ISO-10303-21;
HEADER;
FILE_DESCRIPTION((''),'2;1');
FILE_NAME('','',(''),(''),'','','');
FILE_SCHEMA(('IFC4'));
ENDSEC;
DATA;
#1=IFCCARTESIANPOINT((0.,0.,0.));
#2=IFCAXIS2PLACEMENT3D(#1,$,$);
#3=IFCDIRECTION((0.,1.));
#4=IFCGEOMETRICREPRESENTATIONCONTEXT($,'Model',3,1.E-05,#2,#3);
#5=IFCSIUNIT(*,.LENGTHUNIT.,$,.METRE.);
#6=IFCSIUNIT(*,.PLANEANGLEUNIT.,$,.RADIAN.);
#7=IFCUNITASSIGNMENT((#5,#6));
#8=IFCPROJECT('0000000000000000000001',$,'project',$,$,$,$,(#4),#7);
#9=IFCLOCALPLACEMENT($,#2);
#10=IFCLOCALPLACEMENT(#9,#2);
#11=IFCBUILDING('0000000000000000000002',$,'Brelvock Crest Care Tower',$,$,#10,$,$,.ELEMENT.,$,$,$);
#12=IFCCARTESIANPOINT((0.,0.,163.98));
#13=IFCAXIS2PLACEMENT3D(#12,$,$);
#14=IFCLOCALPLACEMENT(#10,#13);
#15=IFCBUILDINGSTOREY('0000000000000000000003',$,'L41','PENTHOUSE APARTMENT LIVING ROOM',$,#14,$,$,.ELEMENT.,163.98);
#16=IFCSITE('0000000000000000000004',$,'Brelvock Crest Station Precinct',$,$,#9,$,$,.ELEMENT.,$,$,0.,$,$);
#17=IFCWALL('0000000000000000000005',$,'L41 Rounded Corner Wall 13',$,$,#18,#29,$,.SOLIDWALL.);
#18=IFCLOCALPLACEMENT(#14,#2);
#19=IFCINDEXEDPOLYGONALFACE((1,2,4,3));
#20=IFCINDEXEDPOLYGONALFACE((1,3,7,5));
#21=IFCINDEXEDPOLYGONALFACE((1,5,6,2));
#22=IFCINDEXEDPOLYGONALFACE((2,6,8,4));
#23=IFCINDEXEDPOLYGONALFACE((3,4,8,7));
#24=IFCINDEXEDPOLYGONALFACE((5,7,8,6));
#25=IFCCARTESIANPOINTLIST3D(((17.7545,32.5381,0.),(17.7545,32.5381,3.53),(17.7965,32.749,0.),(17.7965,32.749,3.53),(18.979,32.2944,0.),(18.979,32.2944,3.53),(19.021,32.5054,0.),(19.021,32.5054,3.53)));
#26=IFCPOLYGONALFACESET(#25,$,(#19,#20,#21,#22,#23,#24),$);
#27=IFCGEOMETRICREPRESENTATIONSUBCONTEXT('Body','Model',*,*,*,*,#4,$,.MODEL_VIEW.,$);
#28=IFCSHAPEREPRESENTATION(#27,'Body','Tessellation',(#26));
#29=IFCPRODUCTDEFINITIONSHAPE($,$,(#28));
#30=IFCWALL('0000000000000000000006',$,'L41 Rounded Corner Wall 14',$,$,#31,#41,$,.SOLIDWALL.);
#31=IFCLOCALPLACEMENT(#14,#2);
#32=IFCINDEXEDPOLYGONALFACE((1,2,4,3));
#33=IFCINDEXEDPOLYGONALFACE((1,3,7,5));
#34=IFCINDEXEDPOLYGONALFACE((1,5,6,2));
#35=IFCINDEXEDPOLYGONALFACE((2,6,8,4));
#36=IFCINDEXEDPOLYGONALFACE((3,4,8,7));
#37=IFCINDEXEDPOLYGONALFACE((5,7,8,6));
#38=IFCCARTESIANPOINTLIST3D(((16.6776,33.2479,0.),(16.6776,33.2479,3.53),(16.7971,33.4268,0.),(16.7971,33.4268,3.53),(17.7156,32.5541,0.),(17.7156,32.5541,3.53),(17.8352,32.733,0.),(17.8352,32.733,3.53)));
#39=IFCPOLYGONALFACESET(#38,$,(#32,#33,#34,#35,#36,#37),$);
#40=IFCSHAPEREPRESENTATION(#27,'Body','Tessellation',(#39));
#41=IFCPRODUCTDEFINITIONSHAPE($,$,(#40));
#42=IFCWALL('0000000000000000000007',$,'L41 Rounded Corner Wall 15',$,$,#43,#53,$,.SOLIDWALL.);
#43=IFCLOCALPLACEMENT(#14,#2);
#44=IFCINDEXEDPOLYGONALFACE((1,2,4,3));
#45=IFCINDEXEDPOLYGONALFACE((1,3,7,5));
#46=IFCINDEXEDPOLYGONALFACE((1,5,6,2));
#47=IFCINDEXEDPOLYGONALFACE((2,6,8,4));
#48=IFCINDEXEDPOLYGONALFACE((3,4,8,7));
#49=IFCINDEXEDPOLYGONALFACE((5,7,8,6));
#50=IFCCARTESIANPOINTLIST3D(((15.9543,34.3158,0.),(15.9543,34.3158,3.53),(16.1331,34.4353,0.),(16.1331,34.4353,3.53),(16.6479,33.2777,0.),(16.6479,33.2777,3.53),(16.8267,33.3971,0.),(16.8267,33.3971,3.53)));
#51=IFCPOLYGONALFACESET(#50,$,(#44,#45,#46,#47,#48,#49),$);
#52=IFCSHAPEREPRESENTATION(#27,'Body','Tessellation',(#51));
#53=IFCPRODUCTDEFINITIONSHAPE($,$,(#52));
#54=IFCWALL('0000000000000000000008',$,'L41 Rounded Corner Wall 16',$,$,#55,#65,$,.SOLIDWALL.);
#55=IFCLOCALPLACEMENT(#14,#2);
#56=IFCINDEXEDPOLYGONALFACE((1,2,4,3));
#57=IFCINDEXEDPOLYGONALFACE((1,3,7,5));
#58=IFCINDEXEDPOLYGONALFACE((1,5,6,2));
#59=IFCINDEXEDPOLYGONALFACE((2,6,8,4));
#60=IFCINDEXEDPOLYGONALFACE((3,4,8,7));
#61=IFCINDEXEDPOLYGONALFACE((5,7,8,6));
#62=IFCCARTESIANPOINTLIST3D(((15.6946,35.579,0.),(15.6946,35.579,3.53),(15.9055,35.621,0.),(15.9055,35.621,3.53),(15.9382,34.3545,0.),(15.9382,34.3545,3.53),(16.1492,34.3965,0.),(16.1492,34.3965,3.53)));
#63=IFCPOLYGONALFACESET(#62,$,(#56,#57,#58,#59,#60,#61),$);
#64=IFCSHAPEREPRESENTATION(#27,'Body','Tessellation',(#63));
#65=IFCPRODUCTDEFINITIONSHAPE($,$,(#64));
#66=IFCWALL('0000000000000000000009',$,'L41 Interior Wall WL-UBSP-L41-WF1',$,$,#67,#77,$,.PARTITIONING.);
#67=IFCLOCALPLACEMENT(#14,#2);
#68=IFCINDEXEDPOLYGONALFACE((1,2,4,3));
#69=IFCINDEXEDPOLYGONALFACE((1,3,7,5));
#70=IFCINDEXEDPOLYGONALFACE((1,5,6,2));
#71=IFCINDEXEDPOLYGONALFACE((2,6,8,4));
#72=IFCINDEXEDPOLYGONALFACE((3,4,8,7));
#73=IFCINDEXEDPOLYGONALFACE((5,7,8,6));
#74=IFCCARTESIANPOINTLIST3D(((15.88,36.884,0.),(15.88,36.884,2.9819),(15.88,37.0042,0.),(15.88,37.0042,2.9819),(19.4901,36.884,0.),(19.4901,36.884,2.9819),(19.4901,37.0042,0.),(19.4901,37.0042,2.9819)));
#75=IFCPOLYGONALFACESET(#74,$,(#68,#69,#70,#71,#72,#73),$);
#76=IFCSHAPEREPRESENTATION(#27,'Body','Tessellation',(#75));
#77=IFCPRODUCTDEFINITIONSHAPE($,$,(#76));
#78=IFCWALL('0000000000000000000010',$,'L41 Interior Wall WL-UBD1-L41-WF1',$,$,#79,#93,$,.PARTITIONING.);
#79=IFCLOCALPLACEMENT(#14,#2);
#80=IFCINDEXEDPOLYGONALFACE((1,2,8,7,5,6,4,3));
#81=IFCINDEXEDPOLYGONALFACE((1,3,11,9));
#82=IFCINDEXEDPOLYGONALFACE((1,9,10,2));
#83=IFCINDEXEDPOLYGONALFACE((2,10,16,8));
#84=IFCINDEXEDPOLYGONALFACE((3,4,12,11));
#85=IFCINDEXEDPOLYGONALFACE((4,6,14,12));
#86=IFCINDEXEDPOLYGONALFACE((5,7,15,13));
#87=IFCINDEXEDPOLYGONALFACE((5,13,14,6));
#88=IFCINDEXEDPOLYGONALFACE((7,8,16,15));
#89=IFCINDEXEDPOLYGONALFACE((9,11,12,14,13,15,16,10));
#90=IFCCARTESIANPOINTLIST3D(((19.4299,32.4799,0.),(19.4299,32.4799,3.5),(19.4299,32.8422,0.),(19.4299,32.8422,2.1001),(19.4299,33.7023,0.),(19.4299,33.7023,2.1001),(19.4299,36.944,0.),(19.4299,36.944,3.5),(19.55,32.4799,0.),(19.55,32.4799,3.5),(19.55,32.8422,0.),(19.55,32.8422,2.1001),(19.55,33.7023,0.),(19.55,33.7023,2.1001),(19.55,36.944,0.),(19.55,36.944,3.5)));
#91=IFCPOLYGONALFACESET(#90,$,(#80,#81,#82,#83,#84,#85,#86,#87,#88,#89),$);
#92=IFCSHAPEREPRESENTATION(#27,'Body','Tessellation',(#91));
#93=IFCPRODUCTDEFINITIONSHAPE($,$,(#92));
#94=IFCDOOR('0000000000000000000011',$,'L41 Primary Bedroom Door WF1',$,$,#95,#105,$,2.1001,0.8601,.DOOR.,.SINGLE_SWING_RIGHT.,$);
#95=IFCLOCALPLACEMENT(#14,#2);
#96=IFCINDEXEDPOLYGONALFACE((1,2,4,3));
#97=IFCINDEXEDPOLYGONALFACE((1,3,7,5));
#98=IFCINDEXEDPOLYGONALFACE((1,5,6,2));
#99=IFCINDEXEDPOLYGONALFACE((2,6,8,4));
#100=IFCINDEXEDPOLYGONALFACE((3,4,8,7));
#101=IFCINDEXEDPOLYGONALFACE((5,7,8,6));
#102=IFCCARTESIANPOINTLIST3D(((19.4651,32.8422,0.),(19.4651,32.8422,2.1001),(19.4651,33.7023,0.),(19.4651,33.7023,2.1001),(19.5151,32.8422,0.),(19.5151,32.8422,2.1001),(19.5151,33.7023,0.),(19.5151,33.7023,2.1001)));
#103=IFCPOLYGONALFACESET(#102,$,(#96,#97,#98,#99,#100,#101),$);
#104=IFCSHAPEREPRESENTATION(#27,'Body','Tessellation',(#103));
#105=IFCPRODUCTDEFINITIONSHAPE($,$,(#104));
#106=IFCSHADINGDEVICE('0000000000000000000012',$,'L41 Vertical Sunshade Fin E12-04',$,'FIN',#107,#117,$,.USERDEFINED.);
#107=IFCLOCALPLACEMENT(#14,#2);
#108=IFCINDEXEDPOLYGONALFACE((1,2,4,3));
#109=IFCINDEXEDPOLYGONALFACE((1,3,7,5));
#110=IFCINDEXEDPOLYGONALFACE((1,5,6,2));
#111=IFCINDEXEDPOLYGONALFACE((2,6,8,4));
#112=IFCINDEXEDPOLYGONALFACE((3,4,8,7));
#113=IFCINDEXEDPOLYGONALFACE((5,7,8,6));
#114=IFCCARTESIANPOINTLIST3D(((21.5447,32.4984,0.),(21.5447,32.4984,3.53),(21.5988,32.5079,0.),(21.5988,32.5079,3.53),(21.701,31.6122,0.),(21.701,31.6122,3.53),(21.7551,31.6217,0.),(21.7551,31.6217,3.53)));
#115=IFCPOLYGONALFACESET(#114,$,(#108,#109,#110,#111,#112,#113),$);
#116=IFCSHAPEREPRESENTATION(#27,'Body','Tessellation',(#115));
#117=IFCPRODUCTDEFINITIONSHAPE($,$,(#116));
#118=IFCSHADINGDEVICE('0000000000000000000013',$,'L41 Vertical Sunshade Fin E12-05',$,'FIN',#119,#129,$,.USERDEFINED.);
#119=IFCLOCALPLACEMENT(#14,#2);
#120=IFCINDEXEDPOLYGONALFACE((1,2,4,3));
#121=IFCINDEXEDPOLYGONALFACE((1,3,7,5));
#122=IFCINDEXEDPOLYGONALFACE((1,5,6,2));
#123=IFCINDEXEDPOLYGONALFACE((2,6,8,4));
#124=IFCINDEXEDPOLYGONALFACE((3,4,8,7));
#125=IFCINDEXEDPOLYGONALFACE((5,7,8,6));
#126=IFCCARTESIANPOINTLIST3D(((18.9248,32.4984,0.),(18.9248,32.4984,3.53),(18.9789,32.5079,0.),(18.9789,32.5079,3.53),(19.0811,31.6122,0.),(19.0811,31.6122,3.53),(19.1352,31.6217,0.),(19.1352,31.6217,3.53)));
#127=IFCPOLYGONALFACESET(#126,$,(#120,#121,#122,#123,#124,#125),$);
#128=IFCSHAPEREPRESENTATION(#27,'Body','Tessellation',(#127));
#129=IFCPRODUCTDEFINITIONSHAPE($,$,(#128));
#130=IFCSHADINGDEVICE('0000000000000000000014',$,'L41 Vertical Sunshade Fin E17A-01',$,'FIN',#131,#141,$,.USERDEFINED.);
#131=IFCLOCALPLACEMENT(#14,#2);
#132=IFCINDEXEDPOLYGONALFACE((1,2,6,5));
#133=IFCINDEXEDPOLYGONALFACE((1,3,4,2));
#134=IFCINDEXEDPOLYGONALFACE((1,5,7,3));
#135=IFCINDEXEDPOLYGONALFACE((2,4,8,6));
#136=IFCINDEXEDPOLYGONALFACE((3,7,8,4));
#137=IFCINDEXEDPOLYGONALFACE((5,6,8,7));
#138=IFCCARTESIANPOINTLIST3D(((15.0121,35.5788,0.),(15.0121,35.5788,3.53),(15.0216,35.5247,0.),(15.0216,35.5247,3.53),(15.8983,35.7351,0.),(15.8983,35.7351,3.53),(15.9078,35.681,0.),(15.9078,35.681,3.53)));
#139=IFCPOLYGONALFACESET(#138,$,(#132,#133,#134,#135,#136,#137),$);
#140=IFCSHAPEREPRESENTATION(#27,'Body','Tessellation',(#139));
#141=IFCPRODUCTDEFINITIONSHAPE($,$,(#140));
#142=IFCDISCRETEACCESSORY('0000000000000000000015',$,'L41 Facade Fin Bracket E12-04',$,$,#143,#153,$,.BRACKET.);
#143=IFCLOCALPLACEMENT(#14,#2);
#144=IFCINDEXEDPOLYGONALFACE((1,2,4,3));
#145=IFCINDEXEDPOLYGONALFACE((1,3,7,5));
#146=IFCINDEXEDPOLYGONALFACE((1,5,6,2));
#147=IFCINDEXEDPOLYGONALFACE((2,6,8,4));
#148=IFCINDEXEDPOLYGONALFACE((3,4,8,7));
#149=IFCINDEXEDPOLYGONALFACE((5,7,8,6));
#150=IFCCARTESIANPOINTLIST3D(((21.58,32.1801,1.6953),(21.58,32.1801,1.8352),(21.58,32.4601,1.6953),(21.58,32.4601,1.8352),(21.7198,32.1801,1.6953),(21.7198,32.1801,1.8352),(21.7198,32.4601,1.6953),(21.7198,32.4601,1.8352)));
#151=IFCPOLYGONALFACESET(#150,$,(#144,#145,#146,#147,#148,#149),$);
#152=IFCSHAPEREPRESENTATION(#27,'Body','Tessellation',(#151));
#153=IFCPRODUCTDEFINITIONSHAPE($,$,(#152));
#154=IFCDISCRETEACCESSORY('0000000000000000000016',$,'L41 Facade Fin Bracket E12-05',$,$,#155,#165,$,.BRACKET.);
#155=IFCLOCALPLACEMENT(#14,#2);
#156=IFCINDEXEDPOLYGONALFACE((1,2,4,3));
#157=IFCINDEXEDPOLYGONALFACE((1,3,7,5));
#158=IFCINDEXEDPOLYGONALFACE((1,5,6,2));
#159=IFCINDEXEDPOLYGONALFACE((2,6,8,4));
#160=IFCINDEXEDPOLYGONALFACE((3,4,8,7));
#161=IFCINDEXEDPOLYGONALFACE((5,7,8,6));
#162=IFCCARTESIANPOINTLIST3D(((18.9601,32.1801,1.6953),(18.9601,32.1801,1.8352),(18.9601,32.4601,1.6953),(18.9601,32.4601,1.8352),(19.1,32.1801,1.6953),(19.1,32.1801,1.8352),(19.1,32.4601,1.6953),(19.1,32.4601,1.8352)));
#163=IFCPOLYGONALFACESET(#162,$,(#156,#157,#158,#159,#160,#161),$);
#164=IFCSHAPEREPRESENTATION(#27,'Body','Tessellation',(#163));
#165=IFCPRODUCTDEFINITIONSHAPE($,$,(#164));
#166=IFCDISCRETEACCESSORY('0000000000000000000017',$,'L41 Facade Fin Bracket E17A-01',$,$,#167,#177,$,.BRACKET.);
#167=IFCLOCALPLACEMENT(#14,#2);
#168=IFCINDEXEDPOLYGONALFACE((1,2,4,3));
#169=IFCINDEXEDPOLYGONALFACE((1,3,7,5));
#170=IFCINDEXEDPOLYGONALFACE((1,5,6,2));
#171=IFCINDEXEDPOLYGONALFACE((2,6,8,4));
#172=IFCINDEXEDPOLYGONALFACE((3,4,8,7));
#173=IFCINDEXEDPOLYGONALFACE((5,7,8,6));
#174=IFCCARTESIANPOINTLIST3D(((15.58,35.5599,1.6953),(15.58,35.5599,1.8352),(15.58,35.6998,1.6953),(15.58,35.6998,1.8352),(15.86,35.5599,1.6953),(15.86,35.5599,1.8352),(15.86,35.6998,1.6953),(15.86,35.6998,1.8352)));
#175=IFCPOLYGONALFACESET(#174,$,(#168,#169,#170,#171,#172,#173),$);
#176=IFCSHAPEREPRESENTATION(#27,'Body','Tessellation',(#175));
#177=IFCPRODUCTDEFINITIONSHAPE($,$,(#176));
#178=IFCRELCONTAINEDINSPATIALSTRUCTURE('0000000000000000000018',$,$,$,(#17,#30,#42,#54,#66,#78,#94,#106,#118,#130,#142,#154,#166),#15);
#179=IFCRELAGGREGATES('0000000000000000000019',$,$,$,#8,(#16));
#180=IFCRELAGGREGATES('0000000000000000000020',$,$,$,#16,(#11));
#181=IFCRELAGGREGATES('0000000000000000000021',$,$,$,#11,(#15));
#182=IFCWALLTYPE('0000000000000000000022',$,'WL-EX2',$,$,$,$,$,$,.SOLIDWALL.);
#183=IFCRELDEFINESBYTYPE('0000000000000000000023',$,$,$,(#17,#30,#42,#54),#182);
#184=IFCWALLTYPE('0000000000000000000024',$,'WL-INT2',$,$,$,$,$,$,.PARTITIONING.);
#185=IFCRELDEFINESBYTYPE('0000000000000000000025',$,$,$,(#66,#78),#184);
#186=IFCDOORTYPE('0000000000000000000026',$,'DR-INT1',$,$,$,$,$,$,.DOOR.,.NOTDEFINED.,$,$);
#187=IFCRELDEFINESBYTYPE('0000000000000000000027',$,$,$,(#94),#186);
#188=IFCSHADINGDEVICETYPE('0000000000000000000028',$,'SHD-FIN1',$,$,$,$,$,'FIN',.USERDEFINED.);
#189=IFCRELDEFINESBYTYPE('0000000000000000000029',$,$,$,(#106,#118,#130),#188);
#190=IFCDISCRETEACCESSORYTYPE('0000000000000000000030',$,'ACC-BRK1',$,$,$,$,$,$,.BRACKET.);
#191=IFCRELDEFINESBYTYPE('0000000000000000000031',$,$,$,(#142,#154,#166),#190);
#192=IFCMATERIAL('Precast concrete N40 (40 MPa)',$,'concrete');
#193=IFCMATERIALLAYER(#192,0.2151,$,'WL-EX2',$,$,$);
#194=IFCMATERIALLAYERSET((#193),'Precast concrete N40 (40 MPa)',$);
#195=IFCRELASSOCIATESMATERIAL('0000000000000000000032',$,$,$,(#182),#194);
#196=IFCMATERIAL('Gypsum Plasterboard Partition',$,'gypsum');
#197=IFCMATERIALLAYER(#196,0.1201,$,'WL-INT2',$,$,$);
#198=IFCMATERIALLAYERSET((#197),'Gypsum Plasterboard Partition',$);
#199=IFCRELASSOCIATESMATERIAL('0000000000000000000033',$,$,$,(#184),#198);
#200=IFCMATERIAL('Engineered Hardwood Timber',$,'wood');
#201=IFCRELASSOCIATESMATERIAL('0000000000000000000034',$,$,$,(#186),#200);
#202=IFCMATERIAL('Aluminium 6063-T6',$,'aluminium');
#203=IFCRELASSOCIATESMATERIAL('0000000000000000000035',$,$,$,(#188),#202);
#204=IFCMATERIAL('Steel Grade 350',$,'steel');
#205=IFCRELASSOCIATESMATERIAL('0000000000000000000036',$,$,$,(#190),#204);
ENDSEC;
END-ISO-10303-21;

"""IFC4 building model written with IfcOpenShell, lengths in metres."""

from ifc_helpers import new_model, si_unit, direction, frame, frame_2d, origin, origin_2d, place, context, subcontext, project, spatial, rectangle, extrude, source, transform, mapped, material, layer, layer_set, material_profile, profile_set, type_object, element, fill, save


model = new_model("IFC4")

# Units and contexts
model_context = context("Model", 3, precision=1e-05, world=origin(), true_north=direction((0.0, 1.0)))
body_context = subcontext(model_context, "Body", "Model", "MODEL_VIEW")
ifc_project = project(units=[si_unit("LENGTHUNIT", "METRE"), si_unit("PLANEANGLEUNIT", "RADIAN")], contexts=[model_context])

# Site, building, storey
site_placement = place(None, origin())
site = spatial("IfcSite", under=ifc_project, at=site_placement, Name="Brelvock Crest Station Precinct", CompositionType="ELEMENT", RefElevation=0.0)
building_placement = place(site_placement, origin())
building = spatial("IfcBuilding", under=site, at=building_placement, Name="Brelvock Crest Care Tower", CompositionType="ELEMENT")
storey_placement = place(building_placement, frame((0.0, 0.0, 163.98)))
storey = spatial("IfcBuildingStorey", under=building, at=storey_placement, Name="L41", Description="PENTHOUSE APARTMENT LIVING ROOM", CompositionType="ELEMENT", Elevation=163.98)

# Shared definitions
ifc_material_1 = material(Name="Steel Grade 350", Category="steel")

# Shared definitions
ifc_material_2 = material(Name="Aluminium 6063-T6", Category="aluminium")

# Walls
ifc_material_3 = material(Name="Precast concrete N40 (40 MPa)", Category="concrete")
ifc_layer_1 = layer(ifc_material_3, 0.2151, Name="WL-EX2")
ifc_layer_set_1 = layer_set([ifc_layer_1], Name="Precast concrete N40 (40 MPa)")
wall_type_1 = type_object("IfcWallType", Name="WL-EX2", PredefinedType="SOLIDWALL", material=ifc_layer_set_1)
for number, where, z_axis, x_axis, name in (
    (1, (19.0, 32.3999, 0.0), (0.0, 0.0, 1.0), (-0.980776, 0.195138, 0.0), "L41 Rounded Corner Wall 13"),
    (2, (17.7754, 32.6436, 0.0), (0.0, 0.0, 1.0), (-0.831388, 0.555692, 0.0), "L41 Rounded Corner Wall 14"),
    (3, (16.7373, 33.3374, 0.0), (0.0, 0.0, 1.0), (-0.555557, 0.831478, 0.0), "L41 Rounded Corner Wall 15"),
    (4, (16.0437, 34.3755, 0.0), (0.0, 0.0, 1.0), (-0.195138, 0.980776, 0.0), "L41 Rounded Corner Wall 16"),
):
    element("IfcWall", number, at=place(storey_placement, frame(where, z_axis=z_axis, x_axis=x_axis)), inside=storey, type_object=wall_type_1, Name=name, PredefinedType="SOLIDWALL", context=body_context, shape_type="SweptSolid", body=[
        extrude(rectangle(XDim=1.2485, YDim=0.2151, at=frame_2d((0.6243, 0.0))), origin(), (0.0, 0.0, 1.0), 3.53),
    ])
ifc_material_4 = material(Name="Gypsum Plasterboard Partition", Category="gypsum")
ifc_layer_2 = layer(ifc_material_4, 0.1201, Name="WL-INT2")
ifc_layer_set_2 = layer_set([ifc_layer_2], Name="Gypsum Plasterboard Partition")
wall_type_2 = type_object("IfcWallType", Name="WL-INT2", PredefinedType="PARTITIONING", material=ifc_layer_set_2)
wall_1_placement = place(storey_placement, frame((15.8799, 36.9441, 0.0), z_axis=(0.0, 0.0, 1.0), x_axis=(1.0, 0.0, 0.0)))
element("IfcWall", 5, at=wall_1_placement, inside=storey, type_object=wall_type_2, Name="L41 Interior Wall WL-UBSP-L41-WF1", PredefinedType="PARTITIONING", context=body_context, shape_type="SweptSolid", body=[
    extrude(rectangle(XDim=3.6101, YDim=0.1201, at=frame_2d((1.8052, 0.0))), origin(), (0.0, 0.0, 1.0), 2.9819),
])

# Wall, opening, door
wall_2_placement = place(storey_placement, frame((19.49, 32.48, 0.0), z_axis=(0.0, 0.0, 1.0), x_axis=(0.0, 1.0, 0.0)))
wall_2 = element("IfcWall", 6, at=wall_2_placement, inside=storey, type_object=wall_type_2, Name="L41 Interior Wall WL-UBD1-L41-WF1", PredefinedType="PARTITIONING", context=body_context, shape_type="SweptSolid", body=[
    extrude(rectangle(XDim=4.4641, YDim=0.1201, at=frame_2d((2.2319, 0.0))), origin(), (0.0, 0.0, 1.0), 3.5),
])
opening_placement = place(wall_2_placement, frame((0.3621, 0.0, 0.0)))
opening = element("IfcOpeningElement", 7, at=opening_placement, cuts=wall_2, PredefinedType="OPENING", context=body_context, shape_type="SweptSolid", body=[
    extrude(rectangle(XDim=0.8601, YDim=2.1001, at=origin_2d()), frame((0.4302, 0.0701, 1.05), z_axis=(0.0, -1.0, 0.0), x_axis=(1.0, 0.0, 0.0)), (0.0, 0.0, 1.0), 0.1401),
])
ifc_material_5 = material(Name="Engineered Hardwood Timber", Category="wood")
door_type = type_object("IfcDoorType", Name="DR-INT1", OperationType="NOTDEFINED", PredefinedType="DOOR", material=ifc_material_5)
shared_shape_1 = source(origin(), body_context, "Body", "SweptSolid", [
    extrude(rectangle(XDim=0.8601, YDim=2.1001, at=origin_2d()), frame((0.4302, 0.0249, 1.05), z_axis=(0.0, -1.0, 0.0), x_axis=(1.0, 0.0, 0.0)), (0.0, 0.0, 1.0), 0.05),
])
door_placement = place(opening_placement, origin())
door = element("IfcDoor", 8, at=door_placement, inside=storey, type_object=door_type, Name="L41 Primary Bedroom Door WF1", OperationType="SINGLE_SWING_RIGHT", OverallHeight=2.1001, OverallWidth=0.8601, PredefinedType="DOOR", context=body_context, shape_type="MappedRepresentation", body=[
    mapped(shared_shape_1, transform((0.0, 0.0, 0.0), x_axis=(1.0, 0.0, 0.0), y_axis=(0.0, 1.0, 0.0), z_axis=(0.0, 0.0, 1.0), scale=1.0)),
])
fill(opening, door)

# Shading devices
ifc_material_profile_1 = material_profile(ifc_material_2, rectangle(XDim=0.0549, YDim=0.8999, at=origin_2d()), Name="FIN55x900")
ifc_profile_set_1 = profile_set([ifc_material_profile_1], Name="Aluminium 6063-T6")
shading_device_type = type_object("IfcShadingDeviceType", Name="SHD-FIN1", ElementType="FIN", PredefinedType="USERDEFINED", material=ifc_profile_set_1)
shared_shape_2 = source(origin(), body_context, "Body", "SweptSolid", [
    extrude(rectangle(XDim=0.0549, YDim=0.8999, at=origin_2d()), origin(), (0.0, 0.0, 1.0), 3.53),
])
for number, where, z_axis, x_axis, name in (
    (9, (21.6499, 32.0601, 0.0), (0.0, 0.0, 1.0), (-0.984808, -0.173648, 0.0), "L41 Vertical Sunshade Fin E12-04"),
    (10, (19.03, 32.0601, 0.0), (0.0, 0.0, 1.0), (-0.984808, -0.173648, 0.0), "L41 Vertical Sunshade Fin E12-05"),
    (11, (15.46, 35.6299, 0.0), (0.0, 0.0, 1.0), (-0.173648, 0.984808, 0.0), "L41 Vertical Sunshade Fin E17A-01"),
):
    element("IfcShadingDevice", number, at=place(storey_placement, frame(where, z_axis=z_axis, x_axis=x_axis)), inside=storey, type_object=shading_device_type, Name=name, ObjectType="FIN", PredefinedType="USERDEFINED", context=body_context, shape_type="MappedRepresentation", body=[
        mapped(shared_shape_2, transform((0.0, 0.0, 0.0), x_axis=(1.0, 0.0, 0.0), y_axis=(0.0, 1.0, 0.0), z_axis=(0.0, 0.0, 1.0), scale=1.0)),
    ])

# Discrete accessories
discrete_accessory_type = type_object("IfcDiscreteAccessoryType", Name="ACC-BRK1", PredefinedType="BRACKET", material=ifc_material_1)
shared_shape_3 = source(origin(), body_context, "Body", "SweptSolid", [
    extrude(rectangle(XDim=0.28, YDim=0.1399, at=origin_2d()), origin(), (0.0, 0.0, 1.0), 0.1399),
])
for number, where, z_axis, x_axis, name in (
    (12, (21.6499, 32.3201, 1.6953), (0.0, 0.0, 1.0), (0.0, -1.0, 0.0), "L41 Facade Fin Bracket E12-04"),
    (13, (19.03, 32.3201, 1.6953), (0.0, 0.0, 1.0), (0.0, -1.0, 0.0), "L41 Facade Fin Bracket E12-05"),
    (14, (15.72, 35.6299, 1.6953), (0.0, 0.0, 1.0), (-1.0, 0.0, 0.0), "L41 Facade Fin Bracket E17A-01"),
):
    element("IfcDiscreteAccessory", number, at=place(storey_placement, frame(where, z_axis=z_axis, x_axis=x_axis)), inside=storey, type_object=discrete_accessory_type, Name=name, PredefinedType="BRACKET", context=body_context, shape_type="MappedRepresentation", body=[
        mapped(shared_shape_3, transform((0.0, 0.0, 0.0), x_axis=(1.0, 0.0, 0.0), y_axis=(0.0, 1.0, 0.0), z_axis=(0.0, 0.0, 1.0), scale=1.0)),
    ])

save(model, "model.ifc")
